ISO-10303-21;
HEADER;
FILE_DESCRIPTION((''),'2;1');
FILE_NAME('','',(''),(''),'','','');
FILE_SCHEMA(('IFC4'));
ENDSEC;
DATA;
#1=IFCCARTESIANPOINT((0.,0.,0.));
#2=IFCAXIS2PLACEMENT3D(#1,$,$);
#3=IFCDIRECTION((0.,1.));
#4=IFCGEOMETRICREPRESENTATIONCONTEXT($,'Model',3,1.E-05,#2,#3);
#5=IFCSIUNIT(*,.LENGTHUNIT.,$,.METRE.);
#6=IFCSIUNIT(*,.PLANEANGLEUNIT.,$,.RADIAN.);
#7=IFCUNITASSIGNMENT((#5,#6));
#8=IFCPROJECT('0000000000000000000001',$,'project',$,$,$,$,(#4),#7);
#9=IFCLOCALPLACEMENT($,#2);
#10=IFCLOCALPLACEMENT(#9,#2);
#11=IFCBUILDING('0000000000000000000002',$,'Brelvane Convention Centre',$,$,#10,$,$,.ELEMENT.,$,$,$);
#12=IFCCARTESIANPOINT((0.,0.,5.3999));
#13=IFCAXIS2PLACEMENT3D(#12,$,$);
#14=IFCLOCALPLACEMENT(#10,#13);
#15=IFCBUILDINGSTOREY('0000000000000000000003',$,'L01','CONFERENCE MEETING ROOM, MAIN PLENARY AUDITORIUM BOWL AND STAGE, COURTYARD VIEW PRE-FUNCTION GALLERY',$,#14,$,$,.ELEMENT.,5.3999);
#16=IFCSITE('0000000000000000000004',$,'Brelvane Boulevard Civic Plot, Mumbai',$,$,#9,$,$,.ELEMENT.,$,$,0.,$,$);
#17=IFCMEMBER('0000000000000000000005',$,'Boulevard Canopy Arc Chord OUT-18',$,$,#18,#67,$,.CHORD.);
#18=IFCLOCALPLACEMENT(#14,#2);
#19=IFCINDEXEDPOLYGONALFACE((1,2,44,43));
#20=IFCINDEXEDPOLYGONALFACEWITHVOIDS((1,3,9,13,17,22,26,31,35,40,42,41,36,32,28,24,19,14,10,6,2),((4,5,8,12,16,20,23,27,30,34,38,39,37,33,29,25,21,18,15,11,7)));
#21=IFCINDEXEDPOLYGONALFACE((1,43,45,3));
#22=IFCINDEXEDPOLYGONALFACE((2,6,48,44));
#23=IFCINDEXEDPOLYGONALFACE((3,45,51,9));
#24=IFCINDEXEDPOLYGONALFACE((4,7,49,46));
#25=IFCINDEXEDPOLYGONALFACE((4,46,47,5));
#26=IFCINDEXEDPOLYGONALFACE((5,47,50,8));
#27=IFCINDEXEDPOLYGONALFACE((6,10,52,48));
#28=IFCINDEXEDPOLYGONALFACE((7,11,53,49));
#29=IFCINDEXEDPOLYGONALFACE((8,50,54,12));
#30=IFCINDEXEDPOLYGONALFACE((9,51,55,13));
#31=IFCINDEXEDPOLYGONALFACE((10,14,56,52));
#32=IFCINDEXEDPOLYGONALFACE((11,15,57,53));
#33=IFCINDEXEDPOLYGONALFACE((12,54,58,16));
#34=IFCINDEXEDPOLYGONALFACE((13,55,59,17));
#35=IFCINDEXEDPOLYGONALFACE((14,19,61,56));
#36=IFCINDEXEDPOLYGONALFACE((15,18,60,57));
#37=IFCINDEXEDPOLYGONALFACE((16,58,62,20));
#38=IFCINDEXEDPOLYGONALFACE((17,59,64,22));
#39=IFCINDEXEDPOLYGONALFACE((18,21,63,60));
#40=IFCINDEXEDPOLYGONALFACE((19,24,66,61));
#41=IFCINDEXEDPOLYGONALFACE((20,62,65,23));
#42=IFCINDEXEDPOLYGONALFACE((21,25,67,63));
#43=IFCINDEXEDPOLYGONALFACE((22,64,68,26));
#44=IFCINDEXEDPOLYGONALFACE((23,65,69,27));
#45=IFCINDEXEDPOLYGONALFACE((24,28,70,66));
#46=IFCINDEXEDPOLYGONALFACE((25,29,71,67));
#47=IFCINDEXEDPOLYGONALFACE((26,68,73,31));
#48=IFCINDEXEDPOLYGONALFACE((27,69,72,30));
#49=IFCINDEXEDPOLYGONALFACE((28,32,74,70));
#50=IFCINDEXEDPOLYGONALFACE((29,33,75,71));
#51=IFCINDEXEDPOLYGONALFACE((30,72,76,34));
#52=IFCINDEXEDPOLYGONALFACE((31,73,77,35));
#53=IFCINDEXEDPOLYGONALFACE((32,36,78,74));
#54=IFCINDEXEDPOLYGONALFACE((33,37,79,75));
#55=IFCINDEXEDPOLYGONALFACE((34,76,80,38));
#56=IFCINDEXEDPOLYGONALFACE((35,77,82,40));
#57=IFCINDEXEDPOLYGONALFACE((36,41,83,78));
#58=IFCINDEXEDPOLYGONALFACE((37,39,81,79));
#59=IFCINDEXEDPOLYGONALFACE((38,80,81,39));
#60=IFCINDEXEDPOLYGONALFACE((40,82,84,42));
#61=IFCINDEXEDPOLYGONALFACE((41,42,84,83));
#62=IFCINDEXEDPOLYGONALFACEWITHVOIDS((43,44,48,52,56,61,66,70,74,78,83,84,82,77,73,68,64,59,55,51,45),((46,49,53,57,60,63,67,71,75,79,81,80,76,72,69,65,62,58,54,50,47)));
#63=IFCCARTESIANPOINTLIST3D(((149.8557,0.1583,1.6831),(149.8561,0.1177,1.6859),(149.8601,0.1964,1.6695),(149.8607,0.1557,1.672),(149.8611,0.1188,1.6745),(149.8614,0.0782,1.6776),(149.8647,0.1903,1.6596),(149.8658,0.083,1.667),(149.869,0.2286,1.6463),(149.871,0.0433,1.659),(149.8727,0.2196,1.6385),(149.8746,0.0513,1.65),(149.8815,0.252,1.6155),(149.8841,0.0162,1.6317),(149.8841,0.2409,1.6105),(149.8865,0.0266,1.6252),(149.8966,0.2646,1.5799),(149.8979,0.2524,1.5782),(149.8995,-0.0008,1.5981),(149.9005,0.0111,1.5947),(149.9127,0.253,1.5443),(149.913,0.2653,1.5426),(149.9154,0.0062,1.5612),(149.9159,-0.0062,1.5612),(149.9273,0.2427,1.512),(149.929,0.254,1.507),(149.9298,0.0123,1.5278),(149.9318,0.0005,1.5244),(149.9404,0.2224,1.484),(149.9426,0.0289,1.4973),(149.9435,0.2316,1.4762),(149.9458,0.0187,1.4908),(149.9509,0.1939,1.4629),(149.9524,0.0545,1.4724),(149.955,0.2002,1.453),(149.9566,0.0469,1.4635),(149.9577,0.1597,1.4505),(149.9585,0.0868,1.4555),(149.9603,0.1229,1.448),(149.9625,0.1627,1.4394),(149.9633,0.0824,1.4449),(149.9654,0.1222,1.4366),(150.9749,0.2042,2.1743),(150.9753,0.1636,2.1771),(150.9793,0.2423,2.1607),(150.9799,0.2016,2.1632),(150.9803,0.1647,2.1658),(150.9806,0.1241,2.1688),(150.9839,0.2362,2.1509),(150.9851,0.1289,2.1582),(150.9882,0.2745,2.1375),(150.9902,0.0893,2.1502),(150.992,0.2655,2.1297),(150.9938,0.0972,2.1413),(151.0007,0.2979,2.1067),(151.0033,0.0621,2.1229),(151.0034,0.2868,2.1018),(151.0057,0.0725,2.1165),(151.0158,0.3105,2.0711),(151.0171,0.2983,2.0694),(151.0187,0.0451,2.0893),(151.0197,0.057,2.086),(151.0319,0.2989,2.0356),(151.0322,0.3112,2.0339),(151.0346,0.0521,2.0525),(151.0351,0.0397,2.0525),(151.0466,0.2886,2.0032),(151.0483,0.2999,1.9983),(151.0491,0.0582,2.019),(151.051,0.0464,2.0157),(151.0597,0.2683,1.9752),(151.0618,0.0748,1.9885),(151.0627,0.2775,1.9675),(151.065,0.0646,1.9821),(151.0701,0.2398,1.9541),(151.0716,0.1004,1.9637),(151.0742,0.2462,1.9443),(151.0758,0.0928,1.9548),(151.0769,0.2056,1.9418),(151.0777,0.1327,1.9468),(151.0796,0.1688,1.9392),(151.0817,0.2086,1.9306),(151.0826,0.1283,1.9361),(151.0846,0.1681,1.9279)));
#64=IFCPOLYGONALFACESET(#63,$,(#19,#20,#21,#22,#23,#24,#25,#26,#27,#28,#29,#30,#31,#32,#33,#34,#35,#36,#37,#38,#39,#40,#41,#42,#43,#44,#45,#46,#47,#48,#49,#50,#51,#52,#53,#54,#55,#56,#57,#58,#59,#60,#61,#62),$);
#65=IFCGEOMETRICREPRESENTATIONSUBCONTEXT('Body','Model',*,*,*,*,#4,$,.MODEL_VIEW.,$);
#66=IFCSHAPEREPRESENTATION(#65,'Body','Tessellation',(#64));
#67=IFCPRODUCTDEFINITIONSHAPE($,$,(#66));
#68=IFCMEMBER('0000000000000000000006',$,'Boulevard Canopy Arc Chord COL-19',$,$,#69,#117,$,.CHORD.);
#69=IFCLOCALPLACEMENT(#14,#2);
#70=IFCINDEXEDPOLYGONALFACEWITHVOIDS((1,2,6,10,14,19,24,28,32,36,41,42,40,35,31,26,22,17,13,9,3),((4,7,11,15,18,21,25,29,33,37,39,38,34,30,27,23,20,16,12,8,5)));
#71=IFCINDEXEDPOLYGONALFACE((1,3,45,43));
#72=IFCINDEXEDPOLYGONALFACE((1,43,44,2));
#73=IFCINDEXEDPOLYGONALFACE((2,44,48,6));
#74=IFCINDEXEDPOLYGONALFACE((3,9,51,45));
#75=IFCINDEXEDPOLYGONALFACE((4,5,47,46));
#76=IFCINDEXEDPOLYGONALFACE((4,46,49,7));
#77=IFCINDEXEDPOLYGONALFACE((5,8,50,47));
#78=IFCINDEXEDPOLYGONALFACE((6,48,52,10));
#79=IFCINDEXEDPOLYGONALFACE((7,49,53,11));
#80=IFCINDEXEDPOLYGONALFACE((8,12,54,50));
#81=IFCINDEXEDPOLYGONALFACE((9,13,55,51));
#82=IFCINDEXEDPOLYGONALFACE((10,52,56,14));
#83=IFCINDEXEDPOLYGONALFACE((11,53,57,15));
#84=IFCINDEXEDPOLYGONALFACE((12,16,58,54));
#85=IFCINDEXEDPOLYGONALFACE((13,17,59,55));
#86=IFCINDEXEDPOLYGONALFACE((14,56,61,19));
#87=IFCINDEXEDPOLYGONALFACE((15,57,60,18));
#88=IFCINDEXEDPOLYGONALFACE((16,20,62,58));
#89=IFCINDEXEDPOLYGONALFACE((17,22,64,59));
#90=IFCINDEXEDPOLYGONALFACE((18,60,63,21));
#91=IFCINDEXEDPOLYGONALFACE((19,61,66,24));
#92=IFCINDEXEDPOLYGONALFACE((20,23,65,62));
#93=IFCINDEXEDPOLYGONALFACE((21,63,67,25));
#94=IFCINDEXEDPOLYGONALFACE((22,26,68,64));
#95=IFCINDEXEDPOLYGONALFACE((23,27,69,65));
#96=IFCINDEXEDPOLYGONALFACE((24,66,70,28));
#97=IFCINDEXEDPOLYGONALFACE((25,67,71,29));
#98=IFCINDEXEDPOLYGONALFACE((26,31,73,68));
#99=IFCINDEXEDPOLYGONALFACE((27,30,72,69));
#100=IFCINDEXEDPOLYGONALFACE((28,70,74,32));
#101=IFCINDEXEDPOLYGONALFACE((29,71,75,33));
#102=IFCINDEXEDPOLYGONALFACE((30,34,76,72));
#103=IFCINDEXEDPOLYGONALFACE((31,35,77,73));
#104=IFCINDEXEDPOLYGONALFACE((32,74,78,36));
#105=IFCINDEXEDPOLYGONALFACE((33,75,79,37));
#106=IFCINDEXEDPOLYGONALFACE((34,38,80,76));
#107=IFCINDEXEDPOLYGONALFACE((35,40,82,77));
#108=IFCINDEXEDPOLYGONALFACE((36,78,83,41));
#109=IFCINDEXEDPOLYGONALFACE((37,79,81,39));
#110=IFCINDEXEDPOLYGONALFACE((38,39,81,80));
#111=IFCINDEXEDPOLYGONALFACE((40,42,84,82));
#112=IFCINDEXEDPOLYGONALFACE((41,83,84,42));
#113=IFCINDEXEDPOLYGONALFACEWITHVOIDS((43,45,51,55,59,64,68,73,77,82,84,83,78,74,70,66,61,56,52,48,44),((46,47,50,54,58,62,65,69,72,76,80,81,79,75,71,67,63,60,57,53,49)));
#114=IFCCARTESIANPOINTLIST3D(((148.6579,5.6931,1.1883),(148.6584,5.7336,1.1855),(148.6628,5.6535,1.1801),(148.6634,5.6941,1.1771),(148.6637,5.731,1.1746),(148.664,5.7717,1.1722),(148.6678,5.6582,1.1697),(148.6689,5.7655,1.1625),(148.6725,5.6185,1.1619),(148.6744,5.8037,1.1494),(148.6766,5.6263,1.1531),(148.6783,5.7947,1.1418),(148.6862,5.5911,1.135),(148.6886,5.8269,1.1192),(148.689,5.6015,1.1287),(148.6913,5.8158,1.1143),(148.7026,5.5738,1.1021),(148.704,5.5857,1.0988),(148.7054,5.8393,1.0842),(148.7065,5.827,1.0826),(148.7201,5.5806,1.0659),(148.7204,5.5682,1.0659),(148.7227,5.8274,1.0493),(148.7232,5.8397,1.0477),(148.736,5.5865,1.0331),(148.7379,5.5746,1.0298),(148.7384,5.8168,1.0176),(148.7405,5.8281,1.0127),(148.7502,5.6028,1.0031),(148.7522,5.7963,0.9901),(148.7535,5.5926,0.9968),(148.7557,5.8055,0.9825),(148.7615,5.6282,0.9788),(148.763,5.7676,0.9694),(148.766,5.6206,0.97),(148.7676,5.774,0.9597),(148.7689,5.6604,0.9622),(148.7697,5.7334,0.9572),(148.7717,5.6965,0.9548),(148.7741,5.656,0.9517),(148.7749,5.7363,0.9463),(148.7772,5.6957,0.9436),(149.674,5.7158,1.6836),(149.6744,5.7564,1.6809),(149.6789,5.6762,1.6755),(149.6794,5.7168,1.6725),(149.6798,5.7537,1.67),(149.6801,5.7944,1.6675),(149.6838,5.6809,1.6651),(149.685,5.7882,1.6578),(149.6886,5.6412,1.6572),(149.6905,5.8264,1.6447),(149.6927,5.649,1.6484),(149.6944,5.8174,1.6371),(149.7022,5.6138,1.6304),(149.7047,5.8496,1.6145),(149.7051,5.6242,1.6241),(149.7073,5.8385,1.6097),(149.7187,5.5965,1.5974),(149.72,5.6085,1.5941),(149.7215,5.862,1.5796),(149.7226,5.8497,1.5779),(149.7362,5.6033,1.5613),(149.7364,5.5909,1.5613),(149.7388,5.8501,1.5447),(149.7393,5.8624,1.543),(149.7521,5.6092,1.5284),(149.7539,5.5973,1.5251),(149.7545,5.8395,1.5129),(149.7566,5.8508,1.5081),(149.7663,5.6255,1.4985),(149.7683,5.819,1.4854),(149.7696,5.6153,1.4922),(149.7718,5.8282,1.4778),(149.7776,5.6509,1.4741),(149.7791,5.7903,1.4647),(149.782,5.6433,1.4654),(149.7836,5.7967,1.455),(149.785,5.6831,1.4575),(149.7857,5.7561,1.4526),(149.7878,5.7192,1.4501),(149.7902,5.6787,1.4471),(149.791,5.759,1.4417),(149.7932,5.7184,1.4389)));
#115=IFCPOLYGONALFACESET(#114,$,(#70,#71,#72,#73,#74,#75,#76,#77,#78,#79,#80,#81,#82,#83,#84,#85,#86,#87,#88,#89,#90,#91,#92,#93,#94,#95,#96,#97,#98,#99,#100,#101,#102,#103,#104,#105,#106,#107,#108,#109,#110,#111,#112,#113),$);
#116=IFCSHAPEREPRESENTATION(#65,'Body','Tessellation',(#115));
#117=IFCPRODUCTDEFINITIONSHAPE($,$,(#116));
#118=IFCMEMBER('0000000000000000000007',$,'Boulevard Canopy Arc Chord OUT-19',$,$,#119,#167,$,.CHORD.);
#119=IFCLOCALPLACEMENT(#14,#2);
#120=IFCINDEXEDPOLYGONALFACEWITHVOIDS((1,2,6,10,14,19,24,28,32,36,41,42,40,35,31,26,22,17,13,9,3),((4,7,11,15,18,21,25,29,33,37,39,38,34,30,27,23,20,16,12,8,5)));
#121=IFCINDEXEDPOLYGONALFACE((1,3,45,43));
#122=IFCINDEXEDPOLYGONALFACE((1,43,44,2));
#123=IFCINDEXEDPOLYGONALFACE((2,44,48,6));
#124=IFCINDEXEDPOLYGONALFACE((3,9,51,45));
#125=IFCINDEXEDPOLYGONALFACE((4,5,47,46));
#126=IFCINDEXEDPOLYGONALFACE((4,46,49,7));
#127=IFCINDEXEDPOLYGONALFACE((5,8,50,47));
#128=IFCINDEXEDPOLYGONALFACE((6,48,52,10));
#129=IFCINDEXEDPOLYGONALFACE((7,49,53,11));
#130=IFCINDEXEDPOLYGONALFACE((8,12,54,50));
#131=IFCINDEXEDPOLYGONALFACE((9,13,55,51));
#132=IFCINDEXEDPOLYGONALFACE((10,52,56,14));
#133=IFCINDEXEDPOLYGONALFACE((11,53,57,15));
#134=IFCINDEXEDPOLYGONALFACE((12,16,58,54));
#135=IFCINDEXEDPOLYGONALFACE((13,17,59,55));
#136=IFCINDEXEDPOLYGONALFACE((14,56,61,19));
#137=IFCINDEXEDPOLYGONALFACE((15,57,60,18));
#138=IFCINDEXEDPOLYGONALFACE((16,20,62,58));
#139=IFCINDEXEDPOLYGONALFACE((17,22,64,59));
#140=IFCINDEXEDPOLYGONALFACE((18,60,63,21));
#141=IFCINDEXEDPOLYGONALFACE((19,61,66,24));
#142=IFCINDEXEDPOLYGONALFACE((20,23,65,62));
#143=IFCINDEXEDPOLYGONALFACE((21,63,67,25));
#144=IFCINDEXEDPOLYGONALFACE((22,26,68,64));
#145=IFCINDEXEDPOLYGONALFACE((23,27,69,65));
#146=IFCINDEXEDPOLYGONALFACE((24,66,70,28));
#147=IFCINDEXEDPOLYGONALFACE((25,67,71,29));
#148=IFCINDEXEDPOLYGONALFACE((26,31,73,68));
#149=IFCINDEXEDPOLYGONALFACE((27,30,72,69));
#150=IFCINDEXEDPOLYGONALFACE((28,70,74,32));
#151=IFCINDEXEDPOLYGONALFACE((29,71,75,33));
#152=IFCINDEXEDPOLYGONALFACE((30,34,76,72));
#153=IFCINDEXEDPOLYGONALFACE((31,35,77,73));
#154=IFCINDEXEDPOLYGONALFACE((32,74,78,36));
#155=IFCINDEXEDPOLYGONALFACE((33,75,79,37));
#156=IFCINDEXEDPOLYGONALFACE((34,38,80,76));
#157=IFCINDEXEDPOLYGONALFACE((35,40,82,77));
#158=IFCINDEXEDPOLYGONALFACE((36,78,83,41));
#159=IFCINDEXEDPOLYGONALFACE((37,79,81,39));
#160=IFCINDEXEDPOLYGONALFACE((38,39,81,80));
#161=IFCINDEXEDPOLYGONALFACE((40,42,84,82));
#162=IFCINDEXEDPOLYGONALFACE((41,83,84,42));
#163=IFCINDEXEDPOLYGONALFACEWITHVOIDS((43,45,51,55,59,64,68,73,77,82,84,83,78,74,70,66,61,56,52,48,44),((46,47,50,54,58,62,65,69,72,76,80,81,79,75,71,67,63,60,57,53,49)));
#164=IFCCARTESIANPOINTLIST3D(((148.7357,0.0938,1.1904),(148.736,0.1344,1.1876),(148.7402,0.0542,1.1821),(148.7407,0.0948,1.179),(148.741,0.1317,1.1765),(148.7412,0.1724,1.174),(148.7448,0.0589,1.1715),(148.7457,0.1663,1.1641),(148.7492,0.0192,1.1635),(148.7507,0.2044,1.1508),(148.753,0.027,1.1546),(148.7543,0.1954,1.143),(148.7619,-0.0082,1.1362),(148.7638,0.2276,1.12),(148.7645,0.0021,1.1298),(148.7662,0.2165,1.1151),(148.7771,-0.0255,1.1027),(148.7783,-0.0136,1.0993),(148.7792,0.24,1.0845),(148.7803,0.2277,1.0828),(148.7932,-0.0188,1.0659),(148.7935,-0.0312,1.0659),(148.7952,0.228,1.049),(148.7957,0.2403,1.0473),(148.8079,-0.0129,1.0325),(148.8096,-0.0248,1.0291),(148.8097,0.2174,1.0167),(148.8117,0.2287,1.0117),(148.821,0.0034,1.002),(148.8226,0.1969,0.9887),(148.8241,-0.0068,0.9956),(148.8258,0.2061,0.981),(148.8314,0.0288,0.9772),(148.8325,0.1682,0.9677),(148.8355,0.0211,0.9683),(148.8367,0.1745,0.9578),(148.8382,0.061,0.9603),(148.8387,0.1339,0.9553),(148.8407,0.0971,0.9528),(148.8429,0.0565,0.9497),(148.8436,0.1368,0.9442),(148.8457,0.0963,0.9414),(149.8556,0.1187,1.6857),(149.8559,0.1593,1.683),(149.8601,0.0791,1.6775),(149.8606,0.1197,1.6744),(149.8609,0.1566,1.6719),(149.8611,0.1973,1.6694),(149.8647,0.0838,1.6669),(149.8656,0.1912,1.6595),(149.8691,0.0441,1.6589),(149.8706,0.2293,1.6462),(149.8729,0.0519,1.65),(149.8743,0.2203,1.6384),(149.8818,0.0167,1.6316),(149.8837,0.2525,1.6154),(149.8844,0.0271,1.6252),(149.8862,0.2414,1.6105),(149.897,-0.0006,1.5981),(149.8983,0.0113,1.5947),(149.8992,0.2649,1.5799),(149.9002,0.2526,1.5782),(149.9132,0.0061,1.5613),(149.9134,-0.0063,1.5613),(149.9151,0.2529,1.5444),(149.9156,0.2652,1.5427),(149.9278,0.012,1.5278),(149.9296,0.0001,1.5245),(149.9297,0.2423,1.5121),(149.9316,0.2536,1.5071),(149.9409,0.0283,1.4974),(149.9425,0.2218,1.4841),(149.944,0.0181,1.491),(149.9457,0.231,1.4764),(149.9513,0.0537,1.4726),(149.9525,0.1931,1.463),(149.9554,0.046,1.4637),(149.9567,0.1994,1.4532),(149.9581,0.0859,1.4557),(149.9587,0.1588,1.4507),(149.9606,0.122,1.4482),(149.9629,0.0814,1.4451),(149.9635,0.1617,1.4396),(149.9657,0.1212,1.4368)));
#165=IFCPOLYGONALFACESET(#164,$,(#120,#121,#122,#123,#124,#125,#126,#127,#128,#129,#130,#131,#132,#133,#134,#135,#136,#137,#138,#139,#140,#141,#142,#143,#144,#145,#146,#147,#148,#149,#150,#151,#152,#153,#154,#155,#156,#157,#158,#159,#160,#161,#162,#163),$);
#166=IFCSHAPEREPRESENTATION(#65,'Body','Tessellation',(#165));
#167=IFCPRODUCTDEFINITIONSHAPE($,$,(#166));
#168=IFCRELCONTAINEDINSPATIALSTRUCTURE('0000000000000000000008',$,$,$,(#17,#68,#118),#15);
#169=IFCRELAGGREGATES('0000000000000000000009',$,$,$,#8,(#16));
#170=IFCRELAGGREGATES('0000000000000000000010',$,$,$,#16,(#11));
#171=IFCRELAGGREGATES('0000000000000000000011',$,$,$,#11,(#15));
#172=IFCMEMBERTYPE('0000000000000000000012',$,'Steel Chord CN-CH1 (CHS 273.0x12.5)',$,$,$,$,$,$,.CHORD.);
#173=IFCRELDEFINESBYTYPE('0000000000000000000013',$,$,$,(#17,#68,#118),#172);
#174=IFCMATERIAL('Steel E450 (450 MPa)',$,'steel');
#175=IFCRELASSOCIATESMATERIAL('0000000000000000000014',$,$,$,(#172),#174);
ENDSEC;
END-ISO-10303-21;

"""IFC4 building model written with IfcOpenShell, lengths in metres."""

from ifc_helpers import new_model, si_unit, direction, frame, origin, origin_2d, place, context, subcontext, project, spatial, hollow_circle, extrude, material, material_profile, profile_set, type_object, element, save


model = new_model("IFC4")

# Units and contexts
model_context = context("Model", 3, precision=1e-05, world=origin(), true_north=direction((0.0, 1.0)))
body_context = subcontext(model_context, "Body", "Model", "MODEL_VIEW")
ifc_project = project(units=[si_unit("LENGTHUNIT", "METRE"), si_unit("PLANEANGLEUNIT", "RADIAN")], contexts=[model_context])

# Site, building, storey
site_placement = place(None, origin())
site = spatial("IfcSite", under=ifc_project, at=site_placement, Name="Brelvane Boulevard Civic Plot, Mumbai", CompositionType="ELEMENT", RefElevation=0.0)
building_placement = place(site_placement, origin())
building = spatial("IfcBuilding", under=site, at=building_placement, Name="Brelvane Convention Centre", CompositionType="ELEMENT")
storey_placement = place(building_placement, frame((0.0, 0.0, 5.3999)))
storey = spatial("IfcBuildingStorey", under=building, at=storey_placement, Name="L01", Description="CONFERENCE MEETING ROOM, MAIN PLENARY AUDITORIUM BOWL AND STAGE, COURTYARD VIEW PRE-FUNCTION GALLERY", CompositionType="ELEMENT", Elevation=5.3999)

# Members
ifc_material_1 = material(Name="Steel E450 (450 MPa)", Category="steel")
ifc_material_profile_1 = material_profile(ifc_material_1, hollow_circle(Radius=0.1365, WallThickness=0.0125, at=origin_2d()), Name="CHS 273.0x12.5")
ifc_profile_set_1 = profile_set([ifc_material_profile_1], Name="Steel E450 (450 MPa)")
member_type_1 = type_object("IfcMemberType", Name="Steel Chord CN-CH1 (CHS 273.0x12.5)", PredefinedType="CHORD", material=ifc_profile_set_1)
member_1_placement = place(storey_placement, frame((151.0295, 0.176, 2.0525), z_axis=(-0.915035, -0.037528, -0.401625), x_axis=(0.040978, -0.99916, 0.0)))
element("IfcMember", 1, at=member_1_placement, inside=storey, type_object=member_type_1, Name="Boulevard Canopy Arc Chord OUT-18", PredefinedType="CHORD", context=body_context, shape_type="SweptSolid", body=[
    extrude(hollow_circle(Radius=0.1365, WallThickness=0.0125, at=origin_2d()), origin(), (0.0, 0.0, 1.0), 1.2231),
])
member_2_placement = place(storey_placement, frame((149.7334, 5.7273, 1.5613), z_axis=(-0.898693, -0.020081, -0.438118), x_axis=(0.022339, -0.99975, 0.0)))
element("IfcMember", 2, at=member_2_placement, inside=storey, type_object=member_type_1, Name="Boulevard Canopy Arc Chord COL-19", PredefinedType="CHORD", context=body_context, shape_type="SweptSolid", body=[
    extrude(hollow_circle(Radius=0.1365, WallThickness=0.0125, at=origin_2d()), origin(), (0.0, 0.0, 1.0), 1.1306),
])
member_3_placement = place(storey_placement, frame((149.9104, 0.1301, 1.5613), z_axis=(-0.914336, -0.020332, -0.404445), x_axis=(0.022231, -0.999753, 0.0)))
element("IfcMember", 3, at=member_3_placement, inside=storey, type_object=member_type_1, Name="Boulevard Canopy Arc Chord OUT-19", PredefinedType="CHORD", context=body_context, shape_type="SweptSolid", body=[
    extrude(hollow_circle(Radius=0.1365, WallThickness=0.0125, at=origin_2d()), origin(), (0.0, 0.0, 1.0), 1.2249),
])

save(model, "model.ifc")
